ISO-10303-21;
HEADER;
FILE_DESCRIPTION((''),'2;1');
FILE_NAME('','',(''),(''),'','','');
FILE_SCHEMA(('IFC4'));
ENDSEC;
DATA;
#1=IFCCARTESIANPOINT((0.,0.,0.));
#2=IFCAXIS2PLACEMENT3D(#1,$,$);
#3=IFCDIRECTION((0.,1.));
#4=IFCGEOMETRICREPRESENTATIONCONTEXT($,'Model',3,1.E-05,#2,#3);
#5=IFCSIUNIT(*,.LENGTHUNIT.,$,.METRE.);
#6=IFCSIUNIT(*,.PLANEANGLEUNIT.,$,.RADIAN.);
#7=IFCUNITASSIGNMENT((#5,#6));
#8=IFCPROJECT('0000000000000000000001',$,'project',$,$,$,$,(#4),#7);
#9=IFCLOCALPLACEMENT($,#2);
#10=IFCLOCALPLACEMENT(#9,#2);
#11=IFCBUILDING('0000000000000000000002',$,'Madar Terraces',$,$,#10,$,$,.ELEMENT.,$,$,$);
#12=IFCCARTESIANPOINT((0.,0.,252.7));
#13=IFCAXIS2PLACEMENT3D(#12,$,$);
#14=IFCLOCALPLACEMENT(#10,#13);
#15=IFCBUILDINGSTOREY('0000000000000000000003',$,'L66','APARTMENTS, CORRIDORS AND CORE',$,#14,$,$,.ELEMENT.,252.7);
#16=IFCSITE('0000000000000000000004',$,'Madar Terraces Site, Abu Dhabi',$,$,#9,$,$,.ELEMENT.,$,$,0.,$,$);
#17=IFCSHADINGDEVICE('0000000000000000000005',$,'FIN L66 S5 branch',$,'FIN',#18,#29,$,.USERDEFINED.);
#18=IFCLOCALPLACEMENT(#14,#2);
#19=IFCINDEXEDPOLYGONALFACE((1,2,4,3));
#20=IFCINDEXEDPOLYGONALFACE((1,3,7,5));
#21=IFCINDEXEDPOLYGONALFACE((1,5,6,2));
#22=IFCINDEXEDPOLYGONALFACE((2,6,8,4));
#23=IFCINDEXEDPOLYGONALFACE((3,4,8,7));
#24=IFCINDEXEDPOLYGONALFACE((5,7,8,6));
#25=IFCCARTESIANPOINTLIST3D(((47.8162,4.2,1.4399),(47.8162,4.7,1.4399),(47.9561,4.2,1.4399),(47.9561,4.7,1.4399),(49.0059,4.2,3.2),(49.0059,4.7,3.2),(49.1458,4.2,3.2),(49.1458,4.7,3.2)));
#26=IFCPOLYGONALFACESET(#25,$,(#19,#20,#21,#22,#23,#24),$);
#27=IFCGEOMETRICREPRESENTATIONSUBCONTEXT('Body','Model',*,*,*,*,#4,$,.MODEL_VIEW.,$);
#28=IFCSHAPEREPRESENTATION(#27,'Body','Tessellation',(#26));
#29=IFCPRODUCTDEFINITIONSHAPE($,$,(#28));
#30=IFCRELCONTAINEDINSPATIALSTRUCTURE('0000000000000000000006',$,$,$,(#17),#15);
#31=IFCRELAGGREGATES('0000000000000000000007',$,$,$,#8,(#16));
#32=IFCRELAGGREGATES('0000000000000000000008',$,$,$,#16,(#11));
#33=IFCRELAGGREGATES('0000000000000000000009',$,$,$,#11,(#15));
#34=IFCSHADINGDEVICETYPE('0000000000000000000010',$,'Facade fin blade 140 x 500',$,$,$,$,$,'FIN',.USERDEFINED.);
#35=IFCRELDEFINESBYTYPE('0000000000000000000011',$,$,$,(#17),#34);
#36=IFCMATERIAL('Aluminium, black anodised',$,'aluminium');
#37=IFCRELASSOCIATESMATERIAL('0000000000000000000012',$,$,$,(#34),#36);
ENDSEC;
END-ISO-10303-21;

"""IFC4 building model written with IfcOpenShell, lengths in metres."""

from ifc_helpers import new_model, si_unit, direction, frame, origin, place, context, subcontext, project, spatial, polyline, outline, extrude, material, type_object, element, save


model = new_model("IFC4")

# Units and contexts
model_context = context("Model", 3, precision=1e-05, world=origin(), true_north=direction((0.0, 1.0)))
body_context = subcontext(model_context, "Body", "Model", "MODEL_VIEW")
ifc_project = project(units=[si_unit("LENGTHUNIT", "METRE"), si_unit("PLANEANGLEUNIT", "RADIAN")], contexts=[model_context])

# Site, building, storey
site_placement = place(None, origin())
site = spatial("IfcSite", under=ifc_project, at=site_placement, Name="Madar Terraces Site, Abu Dhabi", CompositionType="ELEMENT", RefElevation=0.0)
building_placement = place(site_placement, origin())
building = spatial("IfcBuilding", under=site, at=building_placement, Name="Madar Terraces", CompositionType="ELEMENT")
storey_placement = place(building_placement, frame((0.0, 0.0, 252.7)))
storey = spatial("IfcBuildingStorey", under=building, at=storey_placement, Name="L66", Description="APARTMENTS, CORRIDORS AND CORE", CompositionType="ELEMENT", Elevation=252.7)

# Shading device
ifc_material_1 = material(Name="Aluminium, black anodised", Category="aluminium")
shading_device_type = type_object("IfcShadingDeviceType", Name="Facade fin blade 140 x 500", ElementType="FIN", PredefinedType="USERDEFINED", material=ifc_material_1)
shading_device_1_placement = place(storey_placement, frame((47.8162, 4.45, 1.4399), z_axis=(0.0, 0.0, 1.0), x_axis=(1.0, 0.0, 0.0)))
element("IfcShadingDevice", 1, at=shading_device_1_placement, inside=storey, type_object=shading_device_type, Name="FIN L66 S5 branch", ObjectType="FIN", PredefinedType="USERDEFINED", context=body_context, shape_type="SweptSolid", body=[
    extrude(outline(polyline([(0.0, 0.0), (0.1399, 0.0), (1.3296, 1.76), (1.1897, 1.76), (0.0, 0.0)])), frame((0.0, 0.25, 0.0), z_axis=(0.0, -1.0, 0.0), x_axis=(1.0, 0.0, 0.0)), (0.0, 0.0, 1.0), 0.5),
])

save(model, "model.ifc")
